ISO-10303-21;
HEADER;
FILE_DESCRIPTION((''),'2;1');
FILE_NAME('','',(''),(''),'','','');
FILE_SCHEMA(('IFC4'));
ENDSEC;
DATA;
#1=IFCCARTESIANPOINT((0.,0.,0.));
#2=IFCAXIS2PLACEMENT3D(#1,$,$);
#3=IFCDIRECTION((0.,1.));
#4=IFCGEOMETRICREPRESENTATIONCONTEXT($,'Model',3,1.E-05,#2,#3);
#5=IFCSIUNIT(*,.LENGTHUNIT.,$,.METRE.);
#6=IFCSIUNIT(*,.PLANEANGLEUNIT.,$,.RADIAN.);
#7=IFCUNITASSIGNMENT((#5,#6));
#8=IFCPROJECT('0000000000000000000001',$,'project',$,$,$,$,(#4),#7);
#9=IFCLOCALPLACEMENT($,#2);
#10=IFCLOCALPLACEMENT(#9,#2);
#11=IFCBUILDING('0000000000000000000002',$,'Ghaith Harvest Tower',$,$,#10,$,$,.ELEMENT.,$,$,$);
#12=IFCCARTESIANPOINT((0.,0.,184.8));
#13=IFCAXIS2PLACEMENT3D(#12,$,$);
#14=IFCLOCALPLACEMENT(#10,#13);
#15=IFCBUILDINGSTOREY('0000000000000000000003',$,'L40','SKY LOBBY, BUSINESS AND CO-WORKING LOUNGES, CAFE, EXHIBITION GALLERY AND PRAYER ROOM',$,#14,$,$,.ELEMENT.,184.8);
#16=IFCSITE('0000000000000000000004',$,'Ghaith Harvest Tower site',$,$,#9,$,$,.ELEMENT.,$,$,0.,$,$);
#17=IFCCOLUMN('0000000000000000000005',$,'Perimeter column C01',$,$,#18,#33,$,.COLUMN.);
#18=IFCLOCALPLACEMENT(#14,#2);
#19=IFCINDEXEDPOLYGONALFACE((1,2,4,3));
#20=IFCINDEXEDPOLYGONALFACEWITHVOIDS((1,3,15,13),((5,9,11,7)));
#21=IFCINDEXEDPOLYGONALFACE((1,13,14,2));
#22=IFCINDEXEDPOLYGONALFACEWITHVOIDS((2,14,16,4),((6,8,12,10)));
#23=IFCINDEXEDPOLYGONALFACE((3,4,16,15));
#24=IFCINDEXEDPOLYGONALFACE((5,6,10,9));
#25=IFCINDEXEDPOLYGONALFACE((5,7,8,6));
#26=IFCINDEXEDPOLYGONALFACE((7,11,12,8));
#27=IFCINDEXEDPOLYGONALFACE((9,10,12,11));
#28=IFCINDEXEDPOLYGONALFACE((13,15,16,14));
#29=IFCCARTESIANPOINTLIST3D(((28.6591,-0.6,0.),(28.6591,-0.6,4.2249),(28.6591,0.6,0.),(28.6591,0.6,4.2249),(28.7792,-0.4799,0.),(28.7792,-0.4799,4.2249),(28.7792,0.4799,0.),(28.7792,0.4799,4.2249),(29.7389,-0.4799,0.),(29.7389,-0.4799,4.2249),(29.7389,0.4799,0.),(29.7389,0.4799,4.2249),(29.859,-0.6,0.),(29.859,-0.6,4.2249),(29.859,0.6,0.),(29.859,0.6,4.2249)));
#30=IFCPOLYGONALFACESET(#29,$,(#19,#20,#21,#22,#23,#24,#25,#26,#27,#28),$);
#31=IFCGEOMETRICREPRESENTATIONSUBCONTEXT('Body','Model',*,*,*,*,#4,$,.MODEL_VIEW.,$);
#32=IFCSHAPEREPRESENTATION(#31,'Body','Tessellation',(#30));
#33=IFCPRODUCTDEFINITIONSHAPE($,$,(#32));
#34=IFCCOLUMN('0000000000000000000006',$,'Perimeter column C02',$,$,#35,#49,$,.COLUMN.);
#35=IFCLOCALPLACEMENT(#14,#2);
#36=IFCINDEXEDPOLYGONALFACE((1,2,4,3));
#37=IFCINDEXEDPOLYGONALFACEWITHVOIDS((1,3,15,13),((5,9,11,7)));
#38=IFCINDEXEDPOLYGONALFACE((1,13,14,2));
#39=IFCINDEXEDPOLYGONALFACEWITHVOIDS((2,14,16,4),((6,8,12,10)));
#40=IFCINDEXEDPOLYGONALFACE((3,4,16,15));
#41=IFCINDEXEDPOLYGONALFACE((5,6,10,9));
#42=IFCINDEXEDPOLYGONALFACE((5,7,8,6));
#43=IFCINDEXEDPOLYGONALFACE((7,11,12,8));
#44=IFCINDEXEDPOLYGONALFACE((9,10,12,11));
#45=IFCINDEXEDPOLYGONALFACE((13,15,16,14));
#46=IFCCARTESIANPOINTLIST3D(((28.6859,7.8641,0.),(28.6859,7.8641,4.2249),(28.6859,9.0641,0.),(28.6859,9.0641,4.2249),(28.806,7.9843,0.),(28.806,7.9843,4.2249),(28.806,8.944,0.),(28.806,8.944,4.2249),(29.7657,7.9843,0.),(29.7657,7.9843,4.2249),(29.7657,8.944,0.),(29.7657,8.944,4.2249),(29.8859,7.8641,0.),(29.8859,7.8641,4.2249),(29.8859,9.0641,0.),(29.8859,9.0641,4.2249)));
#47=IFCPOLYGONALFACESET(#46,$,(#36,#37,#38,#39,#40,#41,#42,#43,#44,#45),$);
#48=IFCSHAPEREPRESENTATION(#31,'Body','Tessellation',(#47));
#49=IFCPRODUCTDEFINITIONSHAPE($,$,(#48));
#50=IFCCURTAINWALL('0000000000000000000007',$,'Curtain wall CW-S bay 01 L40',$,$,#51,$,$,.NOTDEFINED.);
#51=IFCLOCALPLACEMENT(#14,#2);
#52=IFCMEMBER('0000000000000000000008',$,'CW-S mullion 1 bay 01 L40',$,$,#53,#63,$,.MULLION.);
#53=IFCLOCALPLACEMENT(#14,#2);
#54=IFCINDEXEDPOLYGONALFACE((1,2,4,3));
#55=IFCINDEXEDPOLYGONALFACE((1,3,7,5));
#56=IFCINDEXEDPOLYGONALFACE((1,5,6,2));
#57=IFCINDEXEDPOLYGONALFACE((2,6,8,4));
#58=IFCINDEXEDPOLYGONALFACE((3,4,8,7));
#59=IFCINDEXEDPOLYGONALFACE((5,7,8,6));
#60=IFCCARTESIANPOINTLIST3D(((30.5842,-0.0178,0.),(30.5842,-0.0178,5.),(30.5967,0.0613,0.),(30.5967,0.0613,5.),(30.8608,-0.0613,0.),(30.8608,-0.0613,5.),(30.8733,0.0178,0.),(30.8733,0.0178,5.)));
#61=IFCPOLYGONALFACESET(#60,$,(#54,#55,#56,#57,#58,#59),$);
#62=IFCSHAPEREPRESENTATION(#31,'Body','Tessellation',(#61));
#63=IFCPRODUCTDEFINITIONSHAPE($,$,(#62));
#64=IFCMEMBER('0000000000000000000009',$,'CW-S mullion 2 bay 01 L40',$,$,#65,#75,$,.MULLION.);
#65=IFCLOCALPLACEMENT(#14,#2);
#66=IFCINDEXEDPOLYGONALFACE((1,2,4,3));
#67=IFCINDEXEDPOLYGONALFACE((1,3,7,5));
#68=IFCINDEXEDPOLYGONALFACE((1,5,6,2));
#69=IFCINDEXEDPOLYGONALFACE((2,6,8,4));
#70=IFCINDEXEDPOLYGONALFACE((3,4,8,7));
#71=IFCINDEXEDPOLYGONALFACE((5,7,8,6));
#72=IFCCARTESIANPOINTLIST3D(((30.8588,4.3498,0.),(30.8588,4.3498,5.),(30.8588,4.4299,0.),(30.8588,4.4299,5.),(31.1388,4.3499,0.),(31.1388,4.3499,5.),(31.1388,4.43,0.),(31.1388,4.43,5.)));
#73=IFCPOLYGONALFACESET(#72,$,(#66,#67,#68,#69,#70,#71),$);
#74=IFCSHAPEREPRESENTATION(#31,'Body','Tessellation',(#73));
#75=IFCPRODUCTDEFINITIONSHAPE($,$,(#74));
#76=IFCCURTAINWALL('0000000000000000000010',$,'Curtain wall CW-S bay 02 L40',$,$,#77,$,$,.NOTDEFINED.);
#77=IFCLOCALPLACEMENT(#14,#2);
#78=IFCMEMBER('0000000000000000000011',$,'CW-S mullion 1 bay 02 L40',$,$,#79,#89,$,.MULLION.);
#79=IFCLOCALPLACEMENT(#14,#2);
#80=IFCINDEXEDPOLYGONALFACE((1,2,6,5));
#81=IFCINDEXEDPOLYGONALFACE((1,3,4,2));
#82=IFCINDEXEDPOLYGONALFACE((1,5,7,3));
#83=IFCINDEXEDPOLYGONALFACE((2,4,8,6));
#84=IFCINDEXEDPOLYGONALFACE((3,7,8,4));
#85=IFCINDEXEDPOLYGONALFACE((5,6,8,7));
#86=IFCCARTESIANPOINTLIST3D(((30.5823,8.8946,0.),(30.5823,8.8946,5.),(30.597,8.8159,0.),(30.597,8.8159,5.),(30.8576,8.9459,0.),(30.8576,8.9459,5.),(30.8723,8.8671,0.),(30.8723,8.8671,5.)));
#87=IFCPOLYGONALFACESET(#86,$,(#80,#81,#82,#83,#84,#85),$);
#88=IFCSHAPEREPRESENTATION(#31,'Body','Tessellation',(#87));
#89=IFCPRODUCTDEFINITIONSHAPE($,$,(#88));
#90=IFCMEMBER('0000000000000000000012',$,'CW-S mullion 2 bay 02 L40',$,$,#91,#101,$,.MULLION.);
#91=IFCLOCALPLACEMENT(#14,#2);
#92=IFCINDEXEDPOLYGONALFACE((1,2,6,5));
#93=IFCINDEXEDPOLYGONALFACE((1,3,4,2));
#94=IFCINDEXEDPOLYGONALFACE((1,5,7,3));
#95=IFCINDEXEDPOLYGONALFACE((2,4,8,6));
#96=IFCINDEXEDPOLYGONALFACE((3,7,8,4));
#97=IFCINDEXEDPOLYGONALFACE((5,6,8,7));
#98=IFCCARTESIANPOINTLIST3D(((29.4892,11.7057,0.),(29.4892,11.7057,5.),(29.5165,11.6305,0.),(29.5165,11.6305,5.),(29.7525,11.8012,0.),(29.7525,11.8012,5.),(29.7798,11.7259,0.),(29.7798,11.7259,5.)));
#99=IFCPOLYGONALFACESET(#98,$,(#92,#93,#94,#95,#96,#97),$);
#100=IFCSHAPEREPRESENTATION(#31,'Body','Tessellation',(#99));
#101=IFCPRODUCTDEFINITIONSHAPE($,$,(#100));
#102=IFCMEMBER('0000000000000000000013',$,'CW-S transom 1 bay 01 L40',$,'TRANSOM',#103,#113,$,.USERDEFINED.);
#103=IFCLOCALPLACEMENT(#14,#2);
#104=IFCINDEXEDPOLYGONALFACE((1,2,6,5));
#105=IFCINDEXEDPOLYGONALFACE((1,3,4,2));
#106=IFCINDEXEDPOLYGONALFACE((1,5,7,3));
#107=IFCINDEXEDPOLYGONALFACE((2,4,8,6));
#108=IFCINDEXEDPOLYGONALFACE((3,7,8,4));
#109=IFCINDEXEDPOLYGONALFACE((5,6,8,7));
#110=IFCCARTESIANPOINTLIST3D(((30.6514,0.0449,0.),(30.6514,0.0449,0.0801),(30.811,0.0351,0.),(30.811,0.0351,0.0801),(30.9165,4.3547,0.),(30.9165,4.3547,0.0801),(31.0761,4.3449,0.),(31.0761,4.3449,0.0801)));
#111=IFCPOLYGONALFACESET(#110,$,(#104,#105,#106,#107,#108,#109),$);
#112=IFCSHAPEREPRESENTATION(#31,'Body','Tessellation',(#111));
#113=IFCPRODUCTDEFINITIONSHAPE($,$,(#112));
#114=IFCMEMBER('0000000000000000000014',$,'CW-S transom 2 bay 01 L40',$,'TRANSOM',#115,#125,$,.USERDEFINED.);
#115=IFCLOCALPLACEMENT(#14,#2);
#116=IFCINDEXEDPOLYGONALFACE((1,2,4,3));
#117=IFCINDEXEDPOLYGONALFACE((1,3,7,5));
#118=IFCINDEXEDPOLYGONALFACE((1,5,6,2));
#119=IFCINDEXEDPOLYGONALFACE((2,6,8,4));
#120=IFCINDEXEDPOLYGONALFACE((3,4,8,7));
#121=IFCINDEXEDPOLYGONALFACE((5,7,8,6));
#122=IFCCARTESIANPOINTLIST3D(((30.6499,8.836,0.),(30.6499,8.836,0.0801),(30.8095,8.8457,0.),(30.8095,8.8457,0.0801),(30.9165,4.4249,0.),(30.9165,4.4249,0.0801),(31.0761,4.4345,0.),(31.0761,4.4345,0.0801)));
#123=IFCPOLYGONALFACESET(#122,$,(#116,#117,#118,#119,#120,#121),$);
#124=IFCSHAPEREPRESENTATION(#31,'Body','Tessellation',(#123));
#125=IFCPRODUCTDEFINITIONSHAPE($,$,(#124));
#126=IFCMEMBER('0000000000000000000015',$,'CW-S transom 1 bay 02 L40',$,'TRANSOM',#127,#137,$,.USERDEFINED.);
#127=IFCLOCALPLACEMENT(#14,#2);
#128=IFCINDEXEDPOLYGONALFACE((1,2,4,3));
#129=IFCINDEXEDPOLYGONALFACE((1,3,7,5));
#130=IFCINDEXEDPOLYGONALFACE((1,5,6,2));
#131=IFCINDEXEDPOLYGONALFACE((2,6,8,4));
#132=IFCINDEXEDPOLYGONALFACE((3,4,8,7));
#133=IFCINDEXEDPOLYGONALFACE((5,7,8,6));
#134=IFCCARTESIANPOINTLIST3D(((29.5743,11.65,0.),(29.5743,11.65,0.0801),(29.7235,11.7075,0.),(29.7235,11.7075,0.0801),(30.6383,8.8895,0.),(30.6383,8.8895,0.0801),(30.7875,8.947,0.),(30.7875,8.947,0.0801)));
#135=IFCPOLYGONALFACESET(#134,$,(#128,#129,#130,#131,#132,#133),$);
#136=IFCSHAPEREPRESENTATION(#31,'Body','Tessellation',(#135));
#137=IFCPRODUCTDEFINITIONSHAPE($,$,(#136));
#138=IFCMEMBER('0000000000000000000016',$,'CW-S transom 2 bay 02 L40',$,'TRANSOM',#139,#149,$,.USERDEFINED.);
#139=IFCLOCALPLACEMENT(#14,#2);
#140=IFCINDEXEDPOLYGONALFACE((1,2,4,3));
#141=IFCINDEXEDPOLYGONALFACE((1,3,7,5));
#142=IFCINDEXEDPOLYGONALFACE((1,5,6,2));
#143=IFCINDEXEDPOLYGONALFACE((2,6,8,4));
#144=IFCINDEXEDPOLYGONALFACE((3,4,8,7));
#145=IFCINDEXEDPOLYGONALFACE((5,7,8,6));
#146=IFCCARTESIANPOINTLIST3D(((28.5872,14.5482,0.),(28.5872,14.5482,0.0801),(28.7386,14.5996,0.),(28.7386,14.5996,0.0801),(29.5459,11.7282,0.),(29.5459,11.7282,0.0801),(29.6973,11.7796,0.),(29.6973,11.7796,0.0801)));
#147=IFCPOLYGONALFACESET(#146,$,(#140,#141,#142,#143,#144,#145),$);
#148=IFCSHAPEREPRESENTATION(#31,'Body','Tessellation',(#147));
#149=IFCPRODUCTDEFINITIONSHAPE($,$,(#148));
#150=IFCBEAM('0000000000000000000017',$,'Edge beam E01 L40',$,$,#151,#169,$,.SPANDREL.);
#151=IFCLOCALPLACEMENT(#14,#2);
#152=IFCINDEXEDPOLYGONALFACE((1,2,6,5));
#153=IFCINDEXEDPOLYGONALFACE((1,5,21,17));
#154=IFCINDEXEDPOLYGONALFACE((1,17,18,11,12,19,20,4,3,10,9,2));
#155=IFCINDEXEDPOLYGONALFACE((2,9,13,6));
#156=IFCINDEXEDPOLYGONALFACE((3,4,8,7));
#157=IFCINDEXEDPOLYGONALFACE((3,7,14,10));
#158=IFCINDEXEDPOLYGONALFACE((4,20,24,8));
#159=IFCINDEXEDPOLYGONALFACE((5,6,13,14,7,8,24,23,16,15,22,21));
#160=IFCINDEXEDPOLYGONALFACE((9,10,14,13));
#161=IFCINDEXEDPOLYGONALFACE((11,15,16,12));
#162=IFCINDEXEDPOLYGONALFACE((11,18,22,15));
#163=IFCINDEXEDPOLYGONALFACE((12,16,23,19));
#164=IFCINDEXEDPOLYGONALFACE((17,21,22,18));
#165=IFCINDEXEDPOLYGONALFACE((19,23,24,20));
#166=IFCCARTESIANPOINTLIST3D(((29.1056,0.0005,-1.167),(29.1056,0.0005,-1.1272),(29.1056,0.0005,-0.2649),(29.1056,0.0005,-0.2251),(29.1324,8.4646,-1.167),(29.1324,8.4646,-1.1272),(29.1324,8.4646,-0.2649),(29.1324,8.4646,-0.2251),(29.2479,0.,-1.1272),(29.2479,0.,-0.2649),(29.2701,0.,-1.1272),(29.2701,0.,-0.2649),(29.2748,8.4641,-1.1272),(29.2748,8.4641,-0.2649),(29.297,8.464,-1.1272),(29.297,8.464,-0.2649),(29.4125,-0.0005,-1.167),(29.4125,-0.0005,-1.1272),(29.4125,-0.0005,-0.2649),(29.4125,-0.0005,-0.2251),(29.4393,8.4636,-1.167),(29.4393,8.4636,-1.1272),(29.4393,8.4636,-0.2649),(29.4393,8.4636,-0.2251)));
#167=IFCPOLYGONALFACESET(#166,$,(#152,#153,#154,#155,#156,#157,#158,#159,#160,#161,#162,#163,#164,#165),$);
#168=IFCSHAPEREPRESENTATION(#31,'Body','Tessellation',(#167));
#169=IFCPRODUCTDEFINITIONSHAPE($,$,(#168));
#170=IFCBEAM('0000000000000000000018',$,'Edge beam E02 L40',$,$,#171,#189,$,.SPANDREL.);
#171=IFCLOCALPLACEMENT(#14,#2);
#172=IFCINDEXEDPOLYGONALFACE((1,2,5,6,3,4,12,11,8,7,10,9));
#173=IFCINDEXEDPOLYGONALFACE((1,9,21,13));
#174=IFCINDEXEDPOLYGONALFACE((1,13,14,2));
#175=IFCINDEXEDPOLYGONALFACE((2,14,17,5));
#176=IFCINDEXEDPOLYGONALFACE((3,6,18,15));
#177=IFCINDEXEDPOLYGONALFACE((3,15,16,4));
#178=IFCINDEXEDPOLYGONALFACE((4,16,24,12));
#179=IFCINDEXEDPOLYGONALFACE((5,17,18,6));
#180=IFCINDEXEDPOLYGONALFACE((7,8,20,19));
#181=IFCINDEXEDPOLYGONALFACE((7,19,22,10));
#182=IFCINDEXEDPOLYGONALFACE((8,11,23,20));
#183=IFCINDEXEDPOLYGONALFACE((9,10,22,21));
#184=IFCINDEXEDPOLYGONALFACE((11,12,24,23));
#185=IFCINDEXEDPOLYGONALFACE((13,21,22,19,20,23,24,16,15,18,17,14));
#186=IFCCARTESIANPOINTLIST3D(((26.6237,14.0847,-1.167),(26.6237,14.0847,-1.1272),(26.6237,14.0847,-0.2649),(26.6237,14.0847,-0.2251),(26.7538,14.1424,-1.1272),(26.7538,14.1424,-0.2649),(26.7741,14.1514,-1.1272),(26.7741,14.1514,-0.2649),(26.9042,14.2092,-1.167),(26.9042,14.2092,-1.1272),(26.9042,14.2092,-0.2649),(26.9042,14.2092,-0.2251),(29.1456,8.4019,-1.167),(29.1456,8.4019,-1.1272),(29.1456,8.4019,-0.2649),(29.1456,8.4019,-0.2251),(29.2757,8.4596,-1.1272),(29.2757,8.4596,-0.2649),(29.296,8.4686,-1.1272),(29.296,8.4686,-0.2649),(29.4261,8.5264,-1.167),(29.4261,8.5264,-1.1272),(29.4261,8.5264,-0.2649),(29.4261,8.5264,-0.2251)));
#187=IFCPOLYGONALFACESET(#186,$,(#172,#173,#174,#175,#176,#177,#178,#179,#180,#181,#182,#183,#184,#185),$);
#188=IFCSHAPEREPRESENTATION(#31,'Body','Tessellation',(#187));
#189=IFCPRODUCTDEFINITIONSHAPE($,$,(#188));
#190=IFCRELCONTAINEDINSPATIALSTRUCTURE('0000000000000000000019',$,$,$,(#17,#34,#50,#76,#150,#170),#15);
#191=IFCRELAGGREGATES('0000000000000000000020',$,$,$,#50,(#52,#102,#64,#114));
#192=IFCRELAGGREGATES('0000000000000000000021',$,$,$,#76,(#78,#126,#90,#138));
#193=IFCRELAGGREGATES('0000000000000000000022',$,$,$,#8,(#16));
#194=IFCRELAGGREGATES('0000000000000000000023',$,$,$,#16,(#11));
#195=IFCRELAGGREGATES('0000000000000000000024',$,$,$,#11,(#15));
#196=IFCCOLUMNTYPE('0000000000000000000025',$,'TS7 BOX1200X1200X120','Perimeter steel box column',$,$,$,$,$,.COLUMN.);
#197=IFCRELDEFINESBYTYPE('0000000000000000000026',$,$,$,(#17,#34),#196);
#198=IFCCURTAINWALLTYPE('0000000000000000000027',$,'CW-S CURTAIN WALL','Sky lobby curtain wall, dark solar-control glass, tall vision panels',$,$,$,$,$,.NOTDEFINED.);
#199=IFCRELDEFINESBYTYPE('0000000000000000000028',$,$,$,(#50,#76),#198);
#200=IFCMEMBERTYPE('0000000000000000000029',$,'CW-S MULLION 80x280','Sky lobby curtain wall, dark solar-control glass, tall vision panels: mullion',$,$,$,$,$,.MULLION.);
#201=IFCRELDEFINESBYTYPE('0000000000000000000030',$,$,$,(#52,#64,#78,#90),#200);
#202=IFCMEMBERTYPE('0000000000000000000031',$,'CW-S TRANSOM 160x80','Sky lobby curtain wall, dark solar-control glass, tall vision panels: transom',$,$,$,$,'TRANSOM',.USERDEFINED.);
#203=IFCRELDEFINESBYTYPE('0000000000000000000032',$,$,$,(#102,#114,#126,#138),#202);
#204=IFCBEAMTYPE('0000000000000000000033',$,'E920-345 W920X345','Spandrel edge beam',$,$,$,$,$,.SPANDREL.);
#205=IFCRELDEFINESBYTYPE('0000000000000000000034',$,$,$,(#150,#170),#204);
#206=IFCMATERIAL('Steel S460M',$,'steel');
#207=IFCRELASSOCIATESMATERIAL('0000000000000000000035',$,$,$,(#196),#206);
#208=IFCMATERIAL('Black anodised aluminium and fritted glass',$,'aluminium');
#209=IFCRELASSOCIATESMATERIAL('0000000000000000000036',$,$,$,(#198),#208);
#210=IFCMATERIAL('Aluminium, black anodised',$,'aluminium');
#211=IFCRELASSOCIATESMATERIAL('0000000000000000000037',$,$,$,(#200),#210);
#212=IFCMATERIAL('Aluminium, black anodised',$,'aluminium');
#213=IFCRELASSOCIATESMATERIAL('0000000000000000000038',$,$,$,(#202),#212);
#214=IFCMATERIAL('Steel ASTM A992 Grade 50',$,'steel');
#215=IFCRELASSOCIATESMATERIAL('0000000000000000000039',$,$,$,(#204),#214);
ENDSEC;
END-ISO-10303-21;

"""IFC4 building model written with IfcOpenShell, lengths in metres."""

from ifc_helpers import new_model, si_unit, direction, frame, origin, origin_2d, place, context, subcontext, project, spatial, rectangle, hollow_rectangle, i_section, extrude, material, material_profile, profile_set, type_object, element, aggregate, save


model = new_model("IFC4")

# Units and contexts
model_context = context("Model", 3, precision=1e-05, world=origin(), true_north=direction((0.0, 1.0)))
body_context = subcontext(model_context, "Body", "Model", "MODEL_VIEW")
ifc_project = project(units=[si_unit("LENGTHUNIT", "METRE"), si_unit("PLANEANGLEUNIT", "RADIAN")], contexts=[model_context])

# Site, building, storey
site_placement = place(None, origin())
site = spatial("IfcSite", under=ifc_project, at=site_placement, Name="Ghaith Harvest Tower site", CompositionType="ELEMENT", RefElevation=0.0)
building_placement = place(site_placement, origin())
building = spatial("IfcBuilding", under=site, at=building_placement, Name="Ghaith Harvest Tower", CompositionType="ELEMENT")
storey_placement = place(building_placement, frame((0.0, 0.0, 184.8)))
storey = spatial("IfcBuildingStorey", under=building, at=storey_placement, Name="L40", Description="SKY LOBBY, BUSINESS AND CO-WORKING LOUNGES, CAFE, EXHIBITION GALLERY AND PRAYER ROOM", CompositionType="ELEMENT", Elevation=184.8)

# Columns
ifc_material_1 = material(Name="Steel S460M", Category="steel")
ifc_material_profile_1 = material_profile(ifc_material_1, hollow_rectangle(XDim=1.2, YDim=1.2, WallThickness=0.1201, at=origin_2d()), Name="BOX1200X1200X120")
ifc_profile_set_1 = profile_set([ifc_material_profile_1], Name="Steel S460M")
column_type = type_object("IfcColumnType", Name="TS7 BOX1200X1200X120", Description="Perimeter steel box column", PredefinedType="COLUMN", material=ifc_profile_set_1)
for number, where, z_axis, x_axis, name in (
    (1, (29.259, 0.0, 0.0), (0.0, 0.0, 1.0), (1.0, 0.0, 0.0), "Perimeter column C01"),
    (2, (29.2859, 8.4641, 0.0), (0.0, 0.0, 1.0), (1.0, 0.0, 0.0), "Perimeter column C02"),
):
    element("IfcColumn", number, at=place(storey_placement, frame(where, z_axis=z_axis, x_axis=x_axis)), inside=storey, type_object=column_type, Name=name, PredefinedType="COLUMN", context=body_context, shape_type="SweptSolid", body=[
        extrude(hollow_rectangle(XDim=1.2, YDim=1.2, WallThickness=0.1201, at=origin_2d()), origin(), (0.0, 0.0, 1.0), 4.2249),
    ])

# Curtain walls, members
ifc_material_2 = material(Name="Black anodised aluminium and fritted glass", Category="aluminium")
curtain_wall_type = type_object("IfcCurtainWallType", Name="CW-S CURTAIN WALL", Description="Sky lobby curtain wall, dark solar-control glass, tall vision panels", PredefinedType="NOTDEFINED", material=ifc_material_2)
curtain_wall_1_placement = place(storey_placement, origin())
curtain_wall_1 = element("IfcCurtainWall", 3, at=curtain_wall_1_placement, inside=storey, type_object=curtain_wall_type, Name="Curtain wall CW-S bay 01 L40", PredefinedType="NOTDEFINED")
ifc_material_3 = material(Name="Aluminium, black anodised", Category="aluminium")
ifc_material_profile_2 = material_profile(ifc_material_3, rectangle(XDim=0.0801, YDim=0.28, at=origin_2d()), Name="CW-S MULLION 80x280")
ifc_profile_set_2 = profile_set([ifc_material_profile_2], Name="Aluminium, black anodised")
member_type_1 = type_object("IfcMemberType", Name="CW-S MULLION 80x280", Description="Sky lobby curtain wall, dark solar-control glass, tall vision panels: mullion", PredefinedType="MULLION", material=ifc_profile_set_2)
member_1_placement = place(storey_placement, frame((30.7288, 0.0, 0.0), z_axis=(0.0, 0.0, 1.0), x_axis=(0.155597, 0.987821, 0.0)))
member_1 = element("IfcMember", 4, at=member_1_placement, type_object=member_type_1, Name="CW-S mullion 1 bay 01 L40", PredefinedType="MULLION", context=body_context, shape_type="SweptSolid", body=[
    extrude(rectangle(XDim=0.0801, YDim=0.28, at=origin_2d()), origin(), (0.0, 0.0, 1.0), 5.0),
])
member_2_placement = place(storey_placement, frame((30.9988, 4.3899, 0.0), z_axis=(0.0, 0.0, 1.0), x_axis=(-0.000162, 1.0, 0.0)))
member_2 = element("IfcMember", 5, at=member_2_placement, type_object=member_type_1, Name="CW-S mullion 2 bay 01 L40", PredefinedType="MULLION", context=body_context, shape_type="SweptSolid", body=[
    extrude(rectangle(XDim=0.0801, YDim=0.28, at=origin_2d()), origin(), (0.0, 0.0, 1.0), 5.0),
])
curtain_wall_2_placement = place(storey_placement, origin())
curtain_wall_2 = element("IfcCurtainWall", 6, at=curtain_wall_2_placement, inside=storey, type_object=curtain_wall_type, Name="Curtain wall CW-S bay 02 L40", PredefinedType="NOTDEFINED")
member_3_placement = place(storey_placement, frame((30.7273, 8.8809, 0.0), z_axis=(0.0, 0.0, 1.0), x_axis=(-0.18307, 0.9831, 0.0)))
member_3 = element("IfcMember", 7, at=member_3_placement, type_object=member_type_1, Name="CW-S mullion 1 bay 02 L40", PredefinedType="MULLION", context=body_context, shape_type="SweptSolid", body=[
    extrude(rectangle(XDim=0.0801, YDim=0.28, at=origin_2d()), origin(), (0.0, 0.0, 1.0), 5.0),
])
member_4_placement = place(storey_placement, frame((29.6345, 11.7158, 0.0), z_axis=(0.0, 0.0, 1.0), x_axis=(-0.340771, 0.940146, 0.0)))
member_4 = element("IfcMember", 8, at=member_4_placement, type_object=member_type_1, Name="CW-S mullion 2 bay 02 L40", PredefinedType="MULLION", context=body_context, shape_type="SweptSolid", body=[
    extrude(rectangle(XDim=0.0801, YDim=0.28, at=origin_2d()), origin(), (0.0, 0.0, 1.0), 5.0),
])

# Members
ifc_material_4 = material(Name="Aluminium, black anodised", Category="aluminium")
ifc_material_profile_3 = material_profile(ifc_material_4, rectangle(XDim=0.1599, YDim=0.0801, at=origin_2d()), Name="CW-S TRANSOM 160x80")
ifc_profile_set_3 = profile_set([ifc_material_profile_3], Name="Aluminium, black anodised")
member_type_2 = type_object("IfcMemberType", Name="CW-S TRANSOM 160x80", Description="Sky lobby curtain wall, dark solar-control glass, tall vision panels: transom", ElementType="TRANSOM", PredefinedType="USERDEFINED", material=ifc_profile_set_3)
member_5_placement = place(storey_placement, frame((30.7312, 0.04, 0.04), z_axis=(0.061403, 0.998113, 0.0), x_axis=(-0.998113, 0.061403, 0.0)))
member_5 = element("IfcMember", 9, at=member_5_placement, type_object=member_type_2, Name="CW-S transom 1 bay 01 L40", ObjectType="TRANSOM", PredefinedType="USERDEFINED", context=body_context, shape_type="SweptSolid", body=[
    extrude(rectangle(XDim=0.1599, YDim=0.0801, at=origin_2d()), origin(), (0.0, 0.0, 1.0), 4.3179),
])
member_6_placement = place(storey_placement, frame((30.9963, 4.4297, 0.04), z_axis=(-0.060328, 0.998179, 0.0), x_axis=(-0.998179, -0.060328, 0.0)))
member_6 = element("IfcMember", 10, at=member_6_placement, type_object=member_type_2, Name="CW-S transom 2 bay 01 L40", ObjectType="TRANSOM", PredefinedType="USERDEFINED", context=body_context, shape_type="SweptSolid", body=[
    extrude(rectangle(XDim=0.1599, YDim=0.0801, at=origin_2d()), origin(), (0.0, 0.0, 1.0), 4.4192),
])
member_7_placement = place(storey_placement, frame((30.7129, 8.9182, 0.04), z_axis=(-0.359637, 0.933092, 0.0), x_axis=(-0.933092, -0.359637, 0.0)))
member_7 = element("IfcMember", 11, at=member_7_placement, type_object=member_type_2, Name="CW-S transom 1 bay 02 L40", ObjectType="TRANSOM", PredefinedType="USERDEFINED", context=body_context, shape_type="SweptSolid", body=[
    extrude(rectangle(XDim=0.1599, YDim=0.0801, at=origin_2d()), origin(), (0.0, 0.0, 1.0), 2.9585),
])
member_8_placement = place(storey_placement, frame((29.6216, 11.7539, 0.04), z_axis=(-0.321878, 0.946781, 0.0), x_axis=(-0.946781, -0.321878, 0.0)))
member_8 = element("IfcMember", 12, at=member_8_placement, type_object=member_type_2, Name="CW-S transom 2 bay 02 L40", ObjectType="TRANSOM", PredefinedType="USERDEFINED", context=body_context, shape_type="SweptSolid", body=[
    extrude(rectangle(XDim=0.1599, YDim=0.0801, at=origin_2d()), origin(), (0.0, 0.0, 1.0), 2.9785),
])

# Beams
ifc_material_5 = material(Name="Steel ASTM A992 Grade 50", Category="steel")
ifc_material_profile_4 = material_profile(ifc_material_5, i_section(OverallWidth=0.3069, OverallDepth=0.9419, WebThickness=0.0222, FlangeThickness=0.0398, at=origin_2d()), Name="W920X345")
ifc_profile_set_4 = profile_set([ifc_material_profile_4], Name="Steel ASTM A992 Grade 50")
beam_type = type_object("IfcBeamType", Name="E920-345 W920X345", Description="Spandrel edge beam", PredefinedType="SPANDREL", material=ifc_profile_set_4)
beam_1_placement = place(storey_placement, frame((29.259, 0.0, -0.696), z_axis=(0.003173, 0.999995, 0.0), x_axis=(-0.999995, 0.003173, 0.0)))
element("IfcBeam", 13, at=beam_1_placement, inside=storey, type_object=beam_type, Name="Edge beam E01 L40", PredefinedType="SPANDREL", context=body_context, shape_type="SweptSolid", body=[
    extrude(i_section(OverallWidth=0.3069, OverallDepth=0.9419, WebThickness=0.0222, FlangeThickness=0.0398, at=origin_2d()), origin(), (0.0, 0.0, 1.0), 8.4641),
])
beam_2_placement = place(storey_placement, frame((29.2859, 8.4641, -0.696), z_axis=(-0.405636, 0.914035, 0.0), x_axis=(-0.914035, -0.405636, 0.0)))
element("IfcBeam", 14, at=beam_2_placement, inside=storey, type_object=beam_type, Name="Edge beam E02 L40", PredefinedType="SPANDREL", context=body_context, shape_type="SweptSolid", body=[
    extrude(i_section(OverallWidth=0.3069, OverallDepth=0.9419, WebThickness=0.0222, FlangeThickness=0.0398, at=origin_2d()), origin(), (0.0, 0.0, 1.0), 6.2173),
])

aggregate(curtain_wall_1, [member_1, member_5, member_2, member_6])
aggregate(curtain_wall_2, [member_3, member_7, member_4, member_8])

save(model, "model.ifc")
